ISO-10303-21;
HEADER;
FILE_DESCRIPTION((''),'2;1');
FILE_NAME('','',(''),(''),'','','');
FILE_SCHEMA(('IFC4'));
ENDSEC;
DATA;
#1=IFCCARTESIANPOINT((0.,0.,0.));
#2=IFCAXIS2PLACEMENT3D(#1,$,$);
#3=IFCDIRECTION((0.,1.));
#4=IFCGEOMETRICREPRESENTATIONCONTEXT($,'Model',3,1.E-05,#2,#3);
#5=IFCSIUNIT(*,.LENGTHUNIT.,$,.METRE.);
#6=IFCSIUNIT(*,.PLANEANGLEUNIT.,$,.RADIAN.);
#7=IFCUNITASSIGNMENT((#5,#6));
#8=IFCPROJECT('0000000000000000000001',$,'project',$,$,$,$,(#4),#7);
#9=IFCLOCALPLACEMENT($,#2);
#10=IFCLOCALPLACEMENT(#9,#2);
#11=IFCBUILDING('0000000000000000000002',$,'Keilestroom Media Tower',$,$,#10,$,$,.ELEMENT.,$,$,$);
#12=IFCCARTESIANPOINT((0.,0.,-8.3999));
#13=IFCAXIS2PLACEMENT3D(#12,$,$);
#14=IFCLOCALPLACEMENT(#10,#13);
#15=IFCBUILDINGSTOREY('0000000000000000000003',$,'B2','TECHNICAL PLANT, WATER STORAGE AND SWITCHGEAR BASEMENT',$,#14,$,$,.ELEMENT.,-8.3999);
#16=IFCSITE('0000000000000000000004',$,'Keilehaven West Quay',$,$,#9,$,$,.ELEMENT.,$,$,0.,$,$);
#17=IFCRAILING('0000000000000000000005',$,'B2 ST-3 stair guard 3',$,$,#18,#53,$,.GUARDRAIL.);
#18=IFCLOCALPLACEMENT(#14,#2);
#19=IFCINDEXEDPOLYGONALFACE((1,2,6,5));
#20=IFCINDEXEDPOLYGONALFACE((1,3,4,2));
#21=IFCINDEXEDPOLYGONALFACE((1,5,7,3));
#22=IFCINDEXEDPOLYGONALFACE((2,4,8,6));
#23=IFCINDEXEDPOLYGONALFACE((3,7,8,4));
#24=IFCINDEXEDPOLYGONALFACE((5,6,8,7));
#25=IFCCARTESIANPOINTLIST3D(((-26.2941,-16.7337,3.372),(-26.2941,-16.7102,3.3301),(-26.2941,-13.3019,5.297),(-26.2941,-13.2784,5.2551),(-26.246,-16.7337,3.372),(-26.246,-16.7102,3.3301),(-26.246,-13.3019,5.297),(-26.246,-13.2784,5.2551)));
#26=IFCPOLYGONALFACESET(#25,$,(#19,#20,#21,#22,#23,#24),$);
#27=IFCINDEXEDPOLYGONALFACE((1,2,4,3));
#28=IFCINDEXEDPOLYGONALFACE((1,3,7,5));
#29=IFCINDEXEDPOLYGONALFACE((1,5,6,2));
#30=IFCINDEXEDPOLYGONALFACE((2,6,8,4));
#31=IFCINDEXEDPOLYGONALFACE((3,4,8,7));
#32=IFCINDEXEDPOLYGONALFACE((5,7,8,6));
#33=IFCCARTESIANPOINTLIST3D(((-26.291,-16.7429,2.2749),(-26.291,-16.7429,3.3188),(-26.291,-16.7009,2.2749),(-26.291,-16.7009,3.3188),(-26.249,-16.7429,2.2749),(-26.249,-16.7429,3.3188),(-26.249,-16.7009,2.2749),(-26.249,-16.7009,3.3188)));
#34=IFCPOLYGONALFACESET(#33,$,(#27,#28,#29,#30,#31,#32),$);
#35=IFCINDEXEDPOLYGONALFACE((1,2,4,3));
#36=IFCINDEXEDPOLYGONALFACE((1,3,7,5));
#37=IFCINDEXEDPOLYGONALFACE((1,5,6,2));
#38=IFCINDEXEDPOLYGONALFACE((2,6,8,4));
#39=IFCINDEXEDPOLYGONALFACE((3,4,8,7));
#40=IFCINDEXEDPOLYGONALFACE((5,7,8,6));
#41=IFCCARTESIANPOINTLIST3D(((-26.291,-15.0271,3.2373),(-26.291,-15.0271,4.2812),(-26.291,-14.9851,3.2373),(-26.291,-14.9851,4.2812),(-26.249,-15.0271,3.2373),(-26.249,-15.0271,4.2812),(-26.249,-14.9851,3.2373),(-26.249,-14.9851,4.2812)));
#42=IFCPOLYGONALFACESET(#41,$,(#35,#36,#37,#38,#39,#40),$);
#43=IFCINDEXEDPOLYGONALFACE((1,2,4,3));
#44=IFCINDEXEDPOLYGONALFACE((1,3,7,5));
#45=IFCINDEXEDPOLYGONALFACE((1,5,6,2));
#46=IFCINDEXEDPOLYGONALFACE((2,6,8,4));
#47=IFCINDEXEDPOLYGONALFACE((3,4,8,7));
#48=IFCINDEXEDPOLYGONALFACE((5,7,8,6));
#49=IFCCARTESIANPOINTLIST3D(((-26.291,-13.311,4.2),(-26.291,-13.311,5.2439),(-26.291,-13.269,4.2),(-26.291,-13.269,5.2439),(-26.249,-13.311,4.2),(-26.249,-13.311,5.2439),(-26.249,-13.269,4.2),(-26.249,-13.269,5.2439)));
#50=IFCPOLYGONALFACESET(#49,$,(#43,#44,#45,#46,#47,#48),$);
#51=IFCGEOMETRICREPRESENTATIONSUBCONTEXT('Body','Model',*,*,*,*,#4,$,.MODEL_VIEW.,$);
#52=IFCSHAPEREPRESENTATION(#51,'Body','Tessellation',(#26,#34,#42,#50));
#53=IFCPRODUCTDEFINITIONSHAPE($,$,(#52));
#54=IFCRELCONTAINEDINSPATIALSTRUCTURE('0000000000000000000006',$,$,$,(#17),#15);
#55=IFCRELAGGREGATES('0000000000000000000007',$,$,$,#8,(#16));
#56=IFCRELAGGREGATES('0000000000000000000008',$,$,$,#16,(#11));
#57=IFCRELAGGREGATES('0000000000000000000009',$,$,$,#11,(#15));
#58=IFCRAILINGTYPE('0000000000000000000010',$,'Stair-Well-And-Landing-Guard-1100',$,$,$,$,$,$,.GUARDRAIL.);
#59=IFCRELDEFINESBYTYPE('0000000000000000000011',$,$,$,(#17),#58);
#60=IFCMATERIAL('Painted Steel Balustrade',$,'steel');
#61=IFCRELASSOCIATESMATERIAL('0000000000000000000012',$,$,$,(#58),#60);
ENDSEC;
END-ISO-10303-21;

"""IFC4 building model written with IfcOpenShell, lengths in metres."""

from ifc_helpers import new_model, si_unit, direction, frame, origin, origin_2d, place, context, subcontext, project, spatial, rectangle, extrude, material, type_object, element, save


model = new_model("IFC4")

# Units and contexts
model_context = context("Model", 3, precision=1e-05, world=origin(), true_north=direction((0.0, 1.0)))
body_context = subcontext(model_context, "Body", "Model", "MODEL_VIEW")
ifc_project = project(units=[si_unit("LENGTHUNIT", "METRE"), si_unit("PLANEANGLEUNIT", "RADIAN")], contexts=[model_context])

# Site, building, storey
site_placement = place(None, origin())
site = spatial("IfcSite", under=ifc_project, at=site_placement, Name="Keilehaven West Quay", CompositionType="ELEMENT", RefElevation=0.0)
building_placement = place(site_placement, origin())
building = spatial("IfcBuilding", under=site, at=building_placement, Name="Keilestroom Media Tower", CompositionType="ELEMENT")
storey_placement = place(building_placement, frame((0.0, 0.0, -8.3999)))
storey = spatial("IfcBuildingStorey", under=building, at=storey_placement, Name="B2", Description="TECHNICAL PLANT, WATER STORAGE AND SWITCHGEAR BASEMENT", CompositionType="ELEMENT", Elevation=-8.3999)

# Railing
ifc_material_1 = material(Name="Painted Steel Balustrade", Category="steel")
railing_type_1 = type_object("IfcRailingType", Name="Stair-Well-And-Landing-Guard-1100", PredefinedType="GUARDRAIL", material=ifc_material_1)
railing_1_placement = place(storey_placement, frame((-26.27, -16.7219, 2.2749)))
element("IfcRailing", 1, at=railing_1_placement, inside=storey, type_object=railing_type_1, Name="B2 ST-3 stair guard 3", PredefinedType="GUARDRAIL", context=body_context, shape_type="SweptSolid", body=[
    extrude(rectangle(XDim=0.0481, YDim=0.0481, at=origin_2d()), frame((0.0, 0.0, 1.0762), z_axis=(0.0, 0.87216, 0.489221), x_axis=(-1.0, 0.0, 0.0)), (0.0, 0.0, 1.0), 3.9348),
    extrude(rectangle(XDim=0.042, YDim=0.042, at=origin_2d()), origin(), (0.0, 0.0, 1.0), 1.0439),
    extrude(rectangle(XDim=0.042, YDim=0.042, at=origin_2d()), frame((0.0, 1.7158, 0.9624)), (0.0, 0.0, 1.0), 1.0439),
    extrude(rectangle(XDim=0.042, YDim=0.042, at=origin_2d()), frame((0.0, 3.4319, 1.925)), (0.0, 0.0, 1.0), 1.0439),
])

save(model, "model.ifc")
